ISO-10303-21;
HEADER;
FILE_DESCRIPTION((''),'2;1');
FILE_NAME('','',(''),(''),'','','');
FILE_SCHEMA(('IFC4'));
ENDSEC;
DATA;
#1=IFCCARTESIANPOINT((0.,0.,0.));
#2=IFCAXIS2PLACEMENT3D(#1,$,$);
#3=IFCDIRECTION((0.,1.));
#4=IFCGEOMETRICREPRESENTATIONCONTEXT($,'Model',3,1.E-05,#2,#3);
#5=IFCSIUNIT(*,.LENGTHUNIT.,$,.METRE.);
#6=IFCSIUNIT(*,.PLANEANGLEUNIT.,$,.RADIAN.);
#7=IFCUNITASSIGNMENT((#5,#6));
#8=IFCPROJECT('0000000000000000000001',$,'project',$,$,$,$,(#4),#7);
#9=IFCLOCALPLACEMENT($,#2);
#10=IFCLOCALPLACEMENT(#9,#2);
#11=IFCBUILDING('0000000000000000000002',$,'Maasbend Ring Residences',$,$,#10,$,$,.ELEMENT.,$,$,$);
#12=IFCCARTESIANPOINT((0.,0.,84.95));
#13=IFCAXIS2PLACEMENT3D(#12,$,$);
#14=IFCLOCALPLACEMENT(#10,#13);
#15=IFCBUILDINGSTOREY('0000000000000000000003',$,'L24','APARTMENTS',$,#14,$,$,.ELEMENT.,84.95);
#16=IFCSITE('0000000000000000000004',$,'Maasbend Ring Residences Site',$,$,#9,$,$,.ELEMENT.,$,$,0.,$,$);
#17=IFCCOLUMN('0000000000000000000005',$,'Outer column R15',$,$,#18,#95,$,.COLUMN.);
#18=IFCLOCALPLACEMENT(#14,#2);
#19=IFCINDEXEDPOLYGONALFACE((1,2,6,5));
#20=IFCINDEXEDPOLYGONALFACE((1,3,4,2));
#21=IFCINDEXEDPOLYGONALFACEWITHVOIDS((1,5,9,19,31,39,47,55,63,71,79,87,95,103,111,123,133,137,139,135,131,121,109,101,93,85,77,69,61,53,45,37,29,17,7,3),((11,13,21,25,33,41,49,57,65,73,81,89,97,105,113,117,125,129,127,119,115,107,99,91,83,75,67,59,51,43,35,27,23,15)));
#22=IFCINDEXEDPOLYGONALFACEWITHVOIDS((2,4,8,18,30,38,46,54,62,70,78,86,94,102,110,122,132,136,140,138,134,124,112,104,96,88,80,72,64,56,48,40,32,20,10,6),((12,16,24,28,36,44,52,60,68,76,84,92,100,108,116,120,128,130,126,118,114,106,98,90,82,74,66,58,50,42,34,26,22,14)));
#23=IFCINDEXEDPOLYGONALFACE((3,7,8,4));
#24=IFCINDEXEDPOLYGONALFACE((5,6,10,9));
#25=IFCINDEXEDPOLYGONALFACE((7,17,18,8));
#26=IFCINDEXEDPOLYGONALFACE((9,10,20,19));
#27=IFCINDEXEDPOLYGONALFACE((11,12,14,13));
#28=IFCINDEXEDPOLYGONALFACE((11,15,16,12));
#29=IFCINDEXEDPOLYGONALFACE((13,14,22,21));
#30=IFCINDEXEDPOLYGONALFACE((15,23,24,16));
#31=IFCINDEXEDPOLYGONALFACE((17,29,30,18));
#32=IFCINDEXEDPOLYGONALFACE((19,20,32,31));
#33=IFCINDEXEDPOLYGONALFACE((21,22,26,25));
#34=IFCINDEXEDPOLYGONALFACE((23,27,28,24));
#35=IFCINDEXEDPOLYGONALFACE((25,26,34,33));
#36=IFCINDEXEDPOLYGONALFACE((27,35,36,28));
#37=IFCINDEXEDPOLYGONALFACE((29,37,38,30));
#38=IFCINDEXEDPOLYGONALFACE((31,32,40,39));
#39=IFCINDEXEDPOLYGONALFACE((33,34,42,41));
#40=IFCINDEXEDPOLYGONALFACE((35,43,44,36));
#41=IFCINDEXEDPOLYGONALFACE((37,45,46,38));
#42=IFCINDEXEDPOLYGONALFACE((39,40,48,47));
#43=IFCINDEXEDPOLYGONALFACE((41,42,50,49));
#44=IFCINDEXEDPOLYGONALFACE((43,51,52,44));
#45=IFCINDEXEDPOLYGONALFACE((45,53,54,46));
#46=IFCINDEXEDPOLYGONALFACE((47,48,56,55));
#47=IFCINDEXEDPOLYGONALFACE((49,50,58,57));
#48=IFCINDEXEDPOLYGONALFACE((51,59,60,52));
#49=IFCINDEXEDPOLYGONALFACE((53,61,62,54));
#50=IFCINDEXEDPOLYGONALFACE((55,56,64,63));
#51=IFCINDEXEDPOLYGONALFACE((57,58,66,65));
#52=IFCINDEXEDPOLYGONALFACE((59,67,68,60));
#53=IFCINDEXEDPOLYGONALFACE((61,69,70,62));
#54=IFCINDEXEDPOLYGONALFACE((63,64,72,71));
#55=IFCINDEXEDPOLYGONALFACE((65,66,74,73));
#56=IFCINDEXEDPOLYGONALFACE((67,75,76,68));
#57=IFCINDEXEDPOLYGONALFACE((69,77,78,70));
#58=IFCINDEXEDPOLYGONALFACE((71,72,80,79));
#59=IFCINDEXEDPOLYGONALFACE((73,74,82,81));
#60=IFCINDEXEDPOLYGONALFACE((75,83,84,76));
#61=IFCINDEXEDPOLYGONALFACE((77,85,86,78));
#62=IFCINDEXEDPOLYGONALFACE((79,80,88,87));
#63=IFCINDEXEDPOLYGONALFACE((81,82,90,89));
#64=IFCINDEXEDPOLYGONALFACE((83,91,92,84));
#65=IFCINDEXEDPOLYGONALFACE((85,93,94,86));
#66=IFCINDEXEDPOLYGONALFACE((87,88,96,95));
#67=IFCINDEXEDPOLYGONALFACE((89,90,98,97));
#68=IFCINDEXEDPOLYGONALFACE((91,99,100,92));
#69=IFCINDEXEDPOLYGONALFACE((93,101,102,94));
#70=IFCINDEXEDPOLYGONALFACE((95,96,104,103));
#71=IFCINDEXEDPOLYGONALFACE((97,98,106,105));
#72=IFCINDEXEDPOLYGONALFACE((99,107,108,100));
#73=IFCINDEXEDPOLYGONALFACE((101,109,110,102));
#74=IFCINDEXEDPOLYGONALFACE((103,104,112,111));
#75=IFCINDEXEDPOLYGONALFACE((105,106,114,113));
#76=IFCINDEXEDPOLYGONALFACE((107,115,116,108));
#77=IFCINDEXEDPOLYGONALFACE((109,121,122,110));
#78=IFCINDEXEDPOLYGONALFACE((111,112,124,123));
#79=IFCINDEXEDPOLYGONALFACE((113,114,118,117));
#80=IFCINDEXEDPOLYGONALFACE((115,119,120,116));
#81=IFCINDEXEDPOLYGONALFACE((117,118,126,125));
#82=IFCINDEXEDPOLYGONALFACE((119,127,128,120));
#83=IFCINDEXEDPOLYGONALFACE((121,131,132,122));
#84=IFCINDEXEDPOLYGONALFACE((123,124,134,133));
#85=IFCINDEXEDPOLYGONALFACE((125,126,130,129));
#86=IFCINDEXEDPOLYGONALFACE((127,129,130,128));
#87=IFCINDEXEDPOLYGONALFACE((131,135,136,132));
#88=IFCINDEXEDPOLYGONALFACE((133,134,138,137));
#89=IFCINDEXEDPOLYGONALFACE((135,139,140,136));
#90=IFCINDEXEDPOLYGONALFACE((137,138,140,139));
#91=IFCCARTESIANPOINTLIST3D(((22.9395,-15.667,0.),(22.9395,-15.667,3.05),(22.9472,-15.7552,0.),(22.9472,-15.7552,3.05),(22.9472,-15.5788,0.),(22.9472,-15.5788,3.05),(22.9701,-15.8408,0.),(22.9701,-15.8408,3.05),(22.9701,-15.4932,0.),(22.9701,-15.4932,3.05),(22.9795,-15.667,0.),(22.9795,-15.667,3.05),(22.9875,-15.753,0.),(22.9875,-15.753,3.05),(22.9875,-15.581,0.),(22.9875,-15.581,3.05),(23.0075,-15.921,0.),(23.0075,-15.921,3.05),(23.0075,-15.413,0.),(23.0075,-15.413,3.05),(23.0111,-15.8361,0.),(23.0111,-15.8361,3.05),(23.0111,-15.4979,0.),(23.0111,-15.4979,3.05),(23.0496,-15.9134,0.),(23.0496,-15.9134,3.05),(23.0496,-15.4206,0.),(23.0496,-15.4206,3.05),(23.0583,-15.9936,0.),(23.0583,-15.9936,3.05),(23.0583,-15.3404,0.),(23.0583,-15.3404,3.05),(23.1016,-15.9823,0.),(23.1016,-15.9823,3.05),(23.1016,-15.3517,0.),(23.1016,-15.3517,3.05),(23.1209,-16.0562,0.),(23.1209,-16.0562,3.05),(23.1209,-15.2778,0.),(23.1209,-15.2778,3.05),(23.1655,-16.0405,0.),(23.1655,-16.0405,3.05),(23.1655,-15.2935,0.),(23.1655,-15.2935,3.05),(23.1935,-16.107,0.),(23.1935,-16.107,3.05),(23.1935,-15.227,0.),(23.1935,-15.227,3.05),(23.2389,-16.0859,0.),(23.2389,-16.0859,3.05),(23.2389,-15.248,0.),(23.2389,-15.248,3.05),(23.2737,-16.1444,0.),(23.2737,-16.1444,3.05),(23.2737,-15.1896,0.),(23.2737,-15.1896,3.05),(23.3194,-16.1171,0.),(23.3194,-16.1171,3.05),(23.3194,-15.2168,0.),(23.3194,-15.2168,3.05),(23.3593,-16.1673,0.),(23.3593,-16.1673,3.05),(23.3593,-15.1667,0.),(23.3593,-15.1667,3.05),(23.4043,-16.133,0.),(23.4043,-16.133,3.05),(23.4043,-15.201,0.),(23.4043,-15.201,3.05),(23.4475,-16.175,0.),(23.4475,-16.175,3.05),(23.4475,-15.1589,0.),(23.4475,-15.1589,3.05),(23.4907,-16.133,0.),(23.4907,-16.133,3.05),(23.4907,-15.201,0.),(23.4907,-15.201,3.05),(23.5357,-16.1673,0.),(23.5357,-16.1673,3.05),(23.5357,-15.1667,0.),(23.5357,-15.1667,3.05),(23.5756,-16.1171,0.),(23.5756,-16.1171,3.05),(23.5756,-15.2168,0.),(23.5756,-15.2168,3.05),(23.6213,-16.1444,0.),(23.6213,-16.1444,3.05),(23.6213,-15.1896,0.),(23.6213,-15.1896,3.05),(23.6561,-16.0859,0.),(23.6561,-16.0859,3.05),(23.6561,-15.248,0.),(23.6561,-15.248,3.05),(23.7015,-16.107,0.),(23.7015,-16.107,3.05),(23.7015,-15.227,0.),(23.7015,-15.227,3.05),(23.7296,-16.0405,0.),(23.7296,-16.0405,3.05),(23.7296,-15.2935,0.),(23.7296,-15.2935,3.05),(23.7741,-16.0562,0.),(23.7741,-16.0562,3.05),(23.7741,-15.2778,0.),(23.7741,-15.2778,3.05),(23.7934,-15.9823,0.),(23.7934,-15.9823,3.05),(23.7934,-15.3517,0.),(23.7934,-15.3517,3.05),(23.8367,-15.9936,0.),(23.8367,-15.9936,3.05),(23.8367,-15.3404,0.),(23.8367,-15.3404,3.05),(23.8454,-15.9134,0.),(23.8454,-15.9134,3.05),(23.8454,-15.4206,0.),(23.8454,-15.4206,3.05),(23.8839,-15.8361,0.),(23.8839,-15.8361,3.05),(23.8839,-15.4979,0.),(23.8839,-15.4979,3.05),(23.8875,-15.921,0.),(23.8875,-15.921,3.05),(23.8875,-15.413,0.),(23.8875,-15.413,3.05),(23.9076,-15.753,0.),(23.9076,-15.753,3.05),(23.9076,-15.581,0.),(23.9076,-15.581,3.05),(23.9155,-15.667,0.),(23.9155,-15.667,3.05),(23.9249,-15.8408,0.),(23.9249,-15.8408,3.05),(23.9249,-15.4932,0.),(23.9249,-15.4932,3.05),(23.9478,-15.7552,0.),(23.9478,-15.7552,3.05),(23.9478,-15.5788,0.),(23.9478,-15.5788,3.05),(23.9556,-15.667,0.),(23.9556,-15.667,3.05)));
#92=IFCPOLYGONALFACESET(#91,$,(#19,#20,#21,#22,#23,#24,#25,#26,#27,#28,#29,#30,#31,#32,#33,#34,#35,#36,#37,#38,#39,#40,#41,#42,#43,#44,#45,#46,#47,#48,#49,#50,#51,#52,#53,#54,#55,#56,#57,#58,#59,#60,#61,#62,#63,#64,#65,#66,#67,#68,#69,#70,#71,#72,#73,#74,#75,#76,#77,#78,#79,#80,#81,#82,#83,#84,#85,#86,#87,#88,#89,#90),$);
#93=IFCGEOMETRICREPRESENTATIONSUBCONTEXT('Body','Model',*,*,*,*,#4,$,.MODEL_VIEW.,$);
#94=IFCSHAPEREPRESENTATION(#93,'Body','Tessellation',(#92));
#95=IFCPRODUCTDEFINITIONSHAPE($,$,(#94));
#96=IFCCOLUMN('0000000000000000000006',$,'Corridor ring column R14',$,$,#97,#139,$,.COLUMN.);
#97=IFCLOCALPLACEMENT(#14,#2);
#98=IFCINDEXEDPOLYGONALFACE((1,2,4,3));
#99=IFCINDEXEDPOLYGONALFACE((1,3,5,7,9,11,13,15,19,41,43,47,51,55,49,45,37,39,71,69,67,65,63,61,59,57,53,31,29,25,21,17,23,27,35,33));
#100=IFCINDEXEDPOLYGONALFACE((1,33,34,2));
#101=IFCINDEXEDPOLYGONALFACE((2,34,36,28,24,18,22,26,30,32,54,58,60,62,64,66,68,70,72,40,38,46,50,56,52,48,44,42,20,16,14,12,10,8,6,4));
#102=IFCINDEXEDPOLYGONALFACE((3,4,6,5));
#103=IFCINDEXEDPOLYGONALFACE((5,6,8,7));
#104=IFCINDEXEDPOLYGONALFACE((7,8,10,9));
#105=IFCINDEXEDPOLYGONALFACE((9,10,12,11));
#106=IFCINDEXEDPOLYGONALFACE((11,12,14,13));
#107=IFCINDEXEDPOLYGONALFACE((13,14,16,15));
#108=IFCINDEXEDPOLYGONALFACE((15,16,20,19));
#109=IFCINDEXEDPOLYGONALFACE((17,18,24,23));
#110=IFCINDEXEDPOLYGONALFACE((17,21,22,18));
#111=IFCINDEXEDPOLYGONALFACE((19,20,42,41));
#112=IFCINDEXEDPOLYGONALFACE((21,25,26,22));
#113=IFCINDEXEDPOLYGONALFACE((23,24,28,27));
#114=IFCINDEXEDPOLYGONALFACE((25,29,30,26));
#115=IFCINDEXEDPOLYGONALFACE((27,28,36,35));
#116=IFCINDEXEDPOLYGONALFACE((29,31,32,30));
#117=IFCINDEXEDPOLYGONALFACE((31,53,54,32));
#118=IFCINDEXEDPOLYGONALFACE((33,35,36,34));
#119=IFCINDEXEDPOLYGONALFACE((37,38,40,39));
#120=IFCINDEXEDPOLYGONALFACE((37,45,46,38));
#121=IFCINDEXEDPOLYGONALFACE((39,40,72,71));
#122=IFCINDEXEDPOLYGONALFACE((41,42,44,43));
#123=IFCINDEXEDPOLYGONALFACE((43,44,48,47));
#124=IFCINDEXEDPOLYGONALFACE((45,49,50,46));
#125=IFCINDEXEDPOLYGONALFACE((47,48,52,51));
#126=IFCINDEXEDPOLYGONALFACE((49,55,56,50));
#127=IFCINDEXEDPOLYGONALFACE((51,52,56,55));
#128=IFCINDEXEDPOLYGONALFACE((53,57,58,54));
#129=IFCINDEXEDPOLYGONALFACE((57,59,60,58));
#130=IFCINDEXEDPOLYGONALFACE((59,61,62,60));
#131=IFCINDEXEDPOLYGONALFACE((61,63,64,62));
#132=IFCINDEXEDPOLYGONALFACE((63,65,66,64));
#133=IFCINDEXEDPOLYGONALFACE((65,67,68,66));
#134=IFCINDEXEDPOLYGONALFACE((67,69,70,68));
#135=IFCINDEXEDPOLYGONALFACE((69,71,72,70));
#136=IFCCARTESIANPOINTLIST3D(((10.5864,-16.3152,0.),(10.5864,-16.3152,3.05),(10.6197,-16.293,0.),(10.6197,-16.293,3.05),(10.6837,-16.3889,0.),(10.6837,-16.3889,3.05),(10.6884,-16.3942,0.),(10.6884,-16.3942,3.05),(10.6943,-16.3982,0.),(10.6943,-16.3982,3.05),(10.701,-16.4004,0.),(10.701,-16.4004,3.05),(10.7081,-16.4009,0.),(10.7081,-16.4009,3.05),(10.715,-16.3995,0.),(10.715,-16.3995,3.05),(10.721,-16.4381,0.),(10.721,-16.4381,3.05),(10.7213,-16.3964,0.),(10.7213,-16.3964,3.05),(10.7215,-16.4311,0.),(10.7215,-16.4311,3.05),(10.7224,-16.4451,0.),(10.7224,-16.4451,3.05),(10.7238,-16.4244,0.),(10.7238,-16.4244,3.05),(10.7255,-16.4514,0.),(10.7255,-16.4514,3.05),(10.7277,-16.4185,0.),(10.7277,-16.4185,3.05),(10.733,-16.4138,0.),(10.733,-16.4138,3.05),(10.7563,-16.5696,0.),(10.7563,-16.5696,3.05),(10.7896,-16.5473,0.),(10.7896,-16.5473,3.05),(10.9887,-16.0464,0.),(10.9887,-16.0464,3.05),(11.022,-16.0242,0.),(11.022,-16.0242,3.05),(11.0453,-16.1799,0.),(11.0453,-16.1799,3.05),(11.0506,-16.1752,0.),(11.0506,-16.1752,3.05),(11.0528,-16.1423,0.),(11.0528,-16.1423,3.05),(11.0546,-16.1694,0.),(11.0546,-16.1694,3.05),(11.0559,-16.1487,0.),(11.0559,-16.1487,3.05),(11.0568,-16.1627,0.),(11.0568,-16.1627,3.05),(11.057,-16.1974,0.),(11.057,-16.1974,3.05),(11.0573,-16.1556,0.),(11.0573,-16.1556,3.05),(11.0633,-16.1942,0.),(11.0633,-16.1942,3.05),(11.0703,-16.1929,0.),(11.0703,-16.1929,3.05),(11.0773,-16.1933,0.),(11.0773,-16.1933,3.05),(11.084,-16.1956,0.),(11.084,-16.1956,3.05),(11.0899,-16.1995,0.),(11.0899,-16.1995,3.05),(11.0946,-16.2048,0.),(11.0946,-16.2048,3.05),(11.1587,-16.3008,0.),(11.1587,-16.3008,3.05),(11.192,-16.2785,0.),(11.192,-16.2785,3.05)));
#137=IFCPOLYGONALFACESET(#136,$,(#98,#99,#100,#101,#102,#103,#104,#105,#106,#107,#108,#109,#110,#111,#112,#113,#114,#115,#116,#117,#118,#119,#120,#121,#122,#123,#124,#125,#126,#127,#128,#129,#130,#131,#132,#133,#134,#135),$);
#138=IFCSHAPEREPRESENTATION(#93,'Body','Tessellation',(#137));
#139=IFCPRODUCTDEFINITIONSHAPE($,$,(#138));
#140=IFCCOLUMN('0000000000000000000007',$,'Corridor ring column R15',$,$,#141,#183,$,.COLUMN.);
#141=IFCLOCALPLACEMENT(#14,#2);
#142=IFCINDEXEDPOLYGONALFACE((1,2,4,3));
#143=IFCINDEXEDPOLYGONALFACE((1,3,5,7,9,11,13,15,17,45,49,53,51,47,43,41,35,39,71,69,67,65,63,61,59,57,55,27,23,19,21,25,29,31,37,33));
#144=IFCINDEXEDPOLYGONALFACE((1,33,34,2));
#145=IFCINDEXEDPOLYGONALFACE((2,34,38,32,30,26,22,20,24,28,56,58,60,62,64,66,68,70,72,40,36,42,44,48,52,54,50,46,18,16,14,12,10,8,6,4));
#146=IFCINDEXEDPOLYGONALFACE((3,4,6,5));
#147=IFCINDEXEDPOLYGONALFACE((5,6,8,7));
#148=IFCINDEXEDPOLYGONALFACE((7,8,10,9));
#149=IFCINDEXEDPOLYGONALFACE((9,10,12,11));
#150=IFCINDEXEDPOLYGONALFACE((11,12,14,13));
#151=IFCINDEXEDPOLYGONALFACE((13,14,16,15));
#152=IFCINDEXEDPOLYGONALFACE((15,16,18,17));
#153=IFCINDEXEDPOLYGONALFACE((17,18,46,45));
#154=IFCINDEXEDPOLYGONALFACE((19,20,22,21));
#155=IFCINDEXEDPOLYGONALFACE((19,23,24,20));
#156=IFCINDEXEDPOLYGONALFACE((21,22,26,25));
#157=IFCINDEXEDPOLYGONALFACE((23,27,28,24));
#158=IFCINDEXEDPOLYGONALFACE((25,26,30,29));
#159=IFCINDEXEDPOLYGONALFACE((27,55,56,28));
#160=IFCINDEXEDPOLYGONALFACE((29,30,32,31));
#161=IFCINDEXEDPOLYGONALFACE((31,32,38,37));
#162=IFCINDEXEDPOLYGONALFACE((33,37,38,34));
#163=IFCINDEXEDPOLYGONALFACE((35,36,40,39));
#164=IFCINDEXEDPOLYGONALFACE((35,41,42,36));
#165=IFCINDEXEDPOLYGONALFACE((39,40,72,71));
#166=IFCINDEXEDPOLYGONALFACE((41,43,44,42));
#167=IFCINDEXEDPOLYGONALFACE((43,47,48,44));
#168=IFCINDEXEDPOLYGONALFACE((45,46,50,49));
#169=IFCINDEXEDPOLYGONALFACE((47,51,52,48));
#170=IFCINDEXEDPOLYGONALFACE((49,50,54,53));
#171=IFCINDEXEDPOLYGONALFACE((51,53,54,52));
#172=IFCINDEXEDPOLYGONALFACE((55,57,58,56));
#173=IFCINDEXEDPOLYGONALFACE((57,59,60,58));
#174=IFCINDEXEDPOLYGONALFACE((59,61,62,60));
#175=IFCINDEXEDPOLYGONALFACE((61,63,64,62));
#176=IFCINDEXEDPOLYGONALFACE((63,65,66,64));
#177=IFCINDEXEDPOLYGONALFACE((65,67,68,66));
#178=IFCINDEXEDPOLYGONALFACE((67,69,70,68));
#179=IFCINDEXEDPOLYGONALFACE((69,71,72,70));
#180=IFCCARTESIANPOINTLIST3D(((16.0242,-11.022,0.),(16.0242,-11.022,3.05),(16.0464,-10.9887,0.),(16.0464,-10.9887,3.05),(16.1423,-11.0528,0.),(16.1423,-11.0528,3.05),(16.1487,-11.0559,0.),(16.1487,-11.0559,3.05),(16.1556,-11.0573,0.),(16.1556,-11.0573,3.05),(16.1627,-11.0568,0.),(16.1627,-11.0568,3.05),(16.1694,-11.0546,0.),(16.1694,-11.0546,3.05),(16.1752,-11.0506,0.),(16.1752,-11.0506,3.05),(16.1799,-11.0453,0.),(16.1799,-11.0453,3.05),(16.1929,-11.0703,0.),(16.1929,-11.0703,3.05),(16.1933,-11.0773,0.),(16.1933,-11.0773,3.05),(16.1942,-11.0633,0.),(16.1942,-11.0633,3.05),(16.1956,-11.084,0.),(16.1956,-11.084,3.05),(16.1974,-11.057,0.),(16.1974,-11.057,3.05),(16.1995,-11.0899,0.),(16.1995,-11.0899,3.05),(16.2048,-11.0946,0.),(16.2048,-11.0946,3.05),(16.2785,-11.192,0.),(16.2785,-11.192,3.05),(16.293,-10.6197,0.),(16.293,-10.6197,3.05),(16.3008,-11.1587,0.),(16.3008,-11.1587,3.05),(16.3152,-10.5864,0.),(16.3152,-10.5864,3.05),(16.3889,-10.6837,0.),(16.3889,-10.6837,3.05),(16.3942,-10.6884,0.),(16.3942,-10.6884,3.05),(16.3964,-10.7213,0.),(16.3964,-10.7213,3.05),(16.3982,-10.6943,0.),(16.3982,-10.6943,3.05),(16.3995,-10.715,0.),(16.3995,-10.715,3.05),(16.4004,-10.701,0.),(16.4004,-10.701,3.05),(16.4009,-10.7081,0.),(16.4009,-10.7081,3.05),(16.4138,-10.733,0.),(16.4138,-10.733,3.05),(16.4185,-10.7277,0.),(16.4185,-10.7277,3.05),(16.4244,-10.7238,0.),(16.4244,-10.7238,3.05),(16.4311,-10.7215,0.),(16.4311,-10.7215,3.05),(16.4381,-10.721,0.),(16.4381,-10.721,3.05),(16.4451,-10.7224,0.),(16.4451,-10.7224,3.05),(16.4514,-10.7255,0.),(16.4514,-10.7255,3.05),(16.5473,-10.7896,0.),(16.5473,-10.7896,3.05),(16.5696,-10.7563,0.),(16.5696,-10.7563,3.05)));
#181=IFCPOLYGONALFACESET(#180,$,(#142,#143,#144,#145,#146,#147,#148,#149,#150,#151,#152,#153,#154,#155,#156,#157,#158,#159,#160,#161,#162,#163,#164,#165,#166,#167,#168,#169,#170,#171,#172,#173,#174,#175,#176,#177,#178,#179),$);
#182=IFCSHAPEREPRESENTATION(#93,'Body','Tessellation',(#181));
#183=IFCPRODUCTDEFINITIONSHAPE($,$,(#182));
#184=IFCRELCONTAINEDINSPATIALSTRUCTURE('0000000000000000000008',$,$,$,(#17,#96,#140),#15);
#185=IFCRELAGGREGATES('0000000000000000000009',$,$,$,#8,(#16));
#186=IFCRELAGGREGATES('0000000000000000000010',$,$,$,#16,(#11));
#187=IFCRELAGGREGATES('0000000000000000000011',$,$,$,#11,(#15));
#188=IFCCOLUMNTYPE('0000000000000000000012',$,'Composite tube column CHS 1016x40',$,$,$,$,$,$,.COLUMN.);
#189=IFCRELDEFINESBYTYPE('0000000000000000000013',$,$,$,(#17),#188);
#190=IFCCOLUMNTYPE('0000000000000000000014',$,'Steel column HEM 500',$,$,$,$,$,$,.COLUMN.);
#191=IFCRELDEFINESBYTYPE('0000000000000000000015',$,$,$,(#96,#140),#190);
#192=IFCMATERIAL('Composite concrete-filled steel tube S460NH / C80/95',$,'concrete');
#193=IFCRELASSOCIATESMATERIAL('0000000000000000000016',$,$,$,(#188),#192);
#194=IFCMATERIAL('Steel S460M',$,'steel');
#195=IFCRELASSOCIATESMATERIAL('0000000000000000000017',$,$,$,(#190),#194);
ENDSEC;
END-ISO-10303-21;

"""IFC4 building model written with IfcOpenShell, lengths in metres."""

from ifc_helpers import new_model, si_unit, direction, frame, origin, origin_2d, place, context, subcontext, project, spatial, hollow_circle, i_section, extrude, material, material_profile, profile_set, type_object, element, save


model = new_model("IFC4")

# Units and contexts
model_context = context("Model", 3, precision=1e-05, world=origin(), true_north=direction((0.0, 1.0)))
body_context = subcontext(model_context, "Body", "Model", "MODEL_VIEW")
ifc_project = project(units=[si_unit("LENGTHUNIT", "METRE"), si_unit("PLANEANGLEUNIT", "RADIAN")], contexts=[model_context])

# Site, building, storey
site_placement = place(None, origin())
site = spatial("IfcSite", under=ifc_project, at=site_placement, Name="Maasbend Ring Residences Site", CompositionType="ELEMENT", RefElevation=0.0)
building_placement = place(site_placement, origin())
building = spatial("IfcBuilding", under=site, at=building_placement, Name="Maasbend Ring Residences", CompositionType="ELEMENT")
storey_placement = place(building_placement, frame((0.0, 0.0, 84.95)))
storey = spatial("IfcBuildingStorey", under=building, at=storey_placement, Name="L24", Description="APARTMENTS", CompositionType="ELEMENT", Elevation=84.95)

# Columns
ifc_material_1 = material(Name="Composite concrete-filled steel tube S460NH / C80/95", Category="concrete")
ifc_material_profile_1 = material_profile(ifc_material_1, hollow_circle(Radius=0.5081, WallThickness=0.04, at=origin_2d()), Name="Composite tube column CHS 1016x40")
ifc_profile_set_1 = profile_set([ifc_material_profile_1], Name="Composite concrete-filled steel tube S460NH / C80/95")
column_type_1 = type_object("IfcColumnType", Name="Composite tube column CHS 1016x40", PredefinedType="COLUMN", material=ifc_profile_set_1)
column_placement = place(storey_placement, frame((23.4475, -15.667, 0.0), z_axis=(0.0, 0.0, 1.0), x_axis=(1.0, 0.0, 0.0)))
element("IfcColumn", 1, at=column_placement, inside=storey, type_object=column_type_1, Name="Outer column R15", PredefinedType="COLUMN", context=body_context, shape_type="SweptSolid", body=[
    extrude(hollow_circle(Radius=0.5081, WallThickness=0.04, at=origin_2d()), origin(), (0.0, 0.0, 1.0), 3.05),
])
ifc_material_2 = material(Name="Steel S460M", Category="steel")
ifc_material_profile_2 = material_profile(ifc_material_2, i_section(OverallWidth=0.3059, OverallDepth=0.5239, WebThickness=0.021, FlangeThickness=0.04, FilletRadius=0.0271, at=origin_2d()), Name="HEM 500")
ifc_profile_set_2 = profile_set([ifc_material_profile_2], Name="Steel S460M")
column_type_2 = type_object("IfcColumnType", Name="Steel column HEM 500", PredefinedType="COLUMN", material=ifc_profile_set_2)
for number, where, z_axis, x_axis, name in (
    (2, (10.8892, -16.2969, 0.0), (0.0, 0.0, 1.0), (0.55557, -0.83147, 0.0), "Corridor ring column R14"),
    (3, (16.2969, -10.8892, 0.0), (0.0, 0.0, 1.0), (0.83147, -0.55557, 0.0), "Corridor ring column R15"),
):
    element("IfcColumn", number, at=place(storey_placement, frame(where, z_axis=z_axis, x_axis=x_axis)), inside=storey, type_object=column_type_2, Name=name, PredefinedType="COLUMN", context=body_context, shape_type="SweptSolid", body=[
        extrude(i_section(OverallWidth=0.3059, OverallDepth=0.5239, WebThickness=0.021, FlangeThickness=0.04, FilletRadius=0.0271, at=origin_2d()), origin(), (0.0, 0.0, 1.0), 3.05),
    ])

save(model, "model.ifc")
